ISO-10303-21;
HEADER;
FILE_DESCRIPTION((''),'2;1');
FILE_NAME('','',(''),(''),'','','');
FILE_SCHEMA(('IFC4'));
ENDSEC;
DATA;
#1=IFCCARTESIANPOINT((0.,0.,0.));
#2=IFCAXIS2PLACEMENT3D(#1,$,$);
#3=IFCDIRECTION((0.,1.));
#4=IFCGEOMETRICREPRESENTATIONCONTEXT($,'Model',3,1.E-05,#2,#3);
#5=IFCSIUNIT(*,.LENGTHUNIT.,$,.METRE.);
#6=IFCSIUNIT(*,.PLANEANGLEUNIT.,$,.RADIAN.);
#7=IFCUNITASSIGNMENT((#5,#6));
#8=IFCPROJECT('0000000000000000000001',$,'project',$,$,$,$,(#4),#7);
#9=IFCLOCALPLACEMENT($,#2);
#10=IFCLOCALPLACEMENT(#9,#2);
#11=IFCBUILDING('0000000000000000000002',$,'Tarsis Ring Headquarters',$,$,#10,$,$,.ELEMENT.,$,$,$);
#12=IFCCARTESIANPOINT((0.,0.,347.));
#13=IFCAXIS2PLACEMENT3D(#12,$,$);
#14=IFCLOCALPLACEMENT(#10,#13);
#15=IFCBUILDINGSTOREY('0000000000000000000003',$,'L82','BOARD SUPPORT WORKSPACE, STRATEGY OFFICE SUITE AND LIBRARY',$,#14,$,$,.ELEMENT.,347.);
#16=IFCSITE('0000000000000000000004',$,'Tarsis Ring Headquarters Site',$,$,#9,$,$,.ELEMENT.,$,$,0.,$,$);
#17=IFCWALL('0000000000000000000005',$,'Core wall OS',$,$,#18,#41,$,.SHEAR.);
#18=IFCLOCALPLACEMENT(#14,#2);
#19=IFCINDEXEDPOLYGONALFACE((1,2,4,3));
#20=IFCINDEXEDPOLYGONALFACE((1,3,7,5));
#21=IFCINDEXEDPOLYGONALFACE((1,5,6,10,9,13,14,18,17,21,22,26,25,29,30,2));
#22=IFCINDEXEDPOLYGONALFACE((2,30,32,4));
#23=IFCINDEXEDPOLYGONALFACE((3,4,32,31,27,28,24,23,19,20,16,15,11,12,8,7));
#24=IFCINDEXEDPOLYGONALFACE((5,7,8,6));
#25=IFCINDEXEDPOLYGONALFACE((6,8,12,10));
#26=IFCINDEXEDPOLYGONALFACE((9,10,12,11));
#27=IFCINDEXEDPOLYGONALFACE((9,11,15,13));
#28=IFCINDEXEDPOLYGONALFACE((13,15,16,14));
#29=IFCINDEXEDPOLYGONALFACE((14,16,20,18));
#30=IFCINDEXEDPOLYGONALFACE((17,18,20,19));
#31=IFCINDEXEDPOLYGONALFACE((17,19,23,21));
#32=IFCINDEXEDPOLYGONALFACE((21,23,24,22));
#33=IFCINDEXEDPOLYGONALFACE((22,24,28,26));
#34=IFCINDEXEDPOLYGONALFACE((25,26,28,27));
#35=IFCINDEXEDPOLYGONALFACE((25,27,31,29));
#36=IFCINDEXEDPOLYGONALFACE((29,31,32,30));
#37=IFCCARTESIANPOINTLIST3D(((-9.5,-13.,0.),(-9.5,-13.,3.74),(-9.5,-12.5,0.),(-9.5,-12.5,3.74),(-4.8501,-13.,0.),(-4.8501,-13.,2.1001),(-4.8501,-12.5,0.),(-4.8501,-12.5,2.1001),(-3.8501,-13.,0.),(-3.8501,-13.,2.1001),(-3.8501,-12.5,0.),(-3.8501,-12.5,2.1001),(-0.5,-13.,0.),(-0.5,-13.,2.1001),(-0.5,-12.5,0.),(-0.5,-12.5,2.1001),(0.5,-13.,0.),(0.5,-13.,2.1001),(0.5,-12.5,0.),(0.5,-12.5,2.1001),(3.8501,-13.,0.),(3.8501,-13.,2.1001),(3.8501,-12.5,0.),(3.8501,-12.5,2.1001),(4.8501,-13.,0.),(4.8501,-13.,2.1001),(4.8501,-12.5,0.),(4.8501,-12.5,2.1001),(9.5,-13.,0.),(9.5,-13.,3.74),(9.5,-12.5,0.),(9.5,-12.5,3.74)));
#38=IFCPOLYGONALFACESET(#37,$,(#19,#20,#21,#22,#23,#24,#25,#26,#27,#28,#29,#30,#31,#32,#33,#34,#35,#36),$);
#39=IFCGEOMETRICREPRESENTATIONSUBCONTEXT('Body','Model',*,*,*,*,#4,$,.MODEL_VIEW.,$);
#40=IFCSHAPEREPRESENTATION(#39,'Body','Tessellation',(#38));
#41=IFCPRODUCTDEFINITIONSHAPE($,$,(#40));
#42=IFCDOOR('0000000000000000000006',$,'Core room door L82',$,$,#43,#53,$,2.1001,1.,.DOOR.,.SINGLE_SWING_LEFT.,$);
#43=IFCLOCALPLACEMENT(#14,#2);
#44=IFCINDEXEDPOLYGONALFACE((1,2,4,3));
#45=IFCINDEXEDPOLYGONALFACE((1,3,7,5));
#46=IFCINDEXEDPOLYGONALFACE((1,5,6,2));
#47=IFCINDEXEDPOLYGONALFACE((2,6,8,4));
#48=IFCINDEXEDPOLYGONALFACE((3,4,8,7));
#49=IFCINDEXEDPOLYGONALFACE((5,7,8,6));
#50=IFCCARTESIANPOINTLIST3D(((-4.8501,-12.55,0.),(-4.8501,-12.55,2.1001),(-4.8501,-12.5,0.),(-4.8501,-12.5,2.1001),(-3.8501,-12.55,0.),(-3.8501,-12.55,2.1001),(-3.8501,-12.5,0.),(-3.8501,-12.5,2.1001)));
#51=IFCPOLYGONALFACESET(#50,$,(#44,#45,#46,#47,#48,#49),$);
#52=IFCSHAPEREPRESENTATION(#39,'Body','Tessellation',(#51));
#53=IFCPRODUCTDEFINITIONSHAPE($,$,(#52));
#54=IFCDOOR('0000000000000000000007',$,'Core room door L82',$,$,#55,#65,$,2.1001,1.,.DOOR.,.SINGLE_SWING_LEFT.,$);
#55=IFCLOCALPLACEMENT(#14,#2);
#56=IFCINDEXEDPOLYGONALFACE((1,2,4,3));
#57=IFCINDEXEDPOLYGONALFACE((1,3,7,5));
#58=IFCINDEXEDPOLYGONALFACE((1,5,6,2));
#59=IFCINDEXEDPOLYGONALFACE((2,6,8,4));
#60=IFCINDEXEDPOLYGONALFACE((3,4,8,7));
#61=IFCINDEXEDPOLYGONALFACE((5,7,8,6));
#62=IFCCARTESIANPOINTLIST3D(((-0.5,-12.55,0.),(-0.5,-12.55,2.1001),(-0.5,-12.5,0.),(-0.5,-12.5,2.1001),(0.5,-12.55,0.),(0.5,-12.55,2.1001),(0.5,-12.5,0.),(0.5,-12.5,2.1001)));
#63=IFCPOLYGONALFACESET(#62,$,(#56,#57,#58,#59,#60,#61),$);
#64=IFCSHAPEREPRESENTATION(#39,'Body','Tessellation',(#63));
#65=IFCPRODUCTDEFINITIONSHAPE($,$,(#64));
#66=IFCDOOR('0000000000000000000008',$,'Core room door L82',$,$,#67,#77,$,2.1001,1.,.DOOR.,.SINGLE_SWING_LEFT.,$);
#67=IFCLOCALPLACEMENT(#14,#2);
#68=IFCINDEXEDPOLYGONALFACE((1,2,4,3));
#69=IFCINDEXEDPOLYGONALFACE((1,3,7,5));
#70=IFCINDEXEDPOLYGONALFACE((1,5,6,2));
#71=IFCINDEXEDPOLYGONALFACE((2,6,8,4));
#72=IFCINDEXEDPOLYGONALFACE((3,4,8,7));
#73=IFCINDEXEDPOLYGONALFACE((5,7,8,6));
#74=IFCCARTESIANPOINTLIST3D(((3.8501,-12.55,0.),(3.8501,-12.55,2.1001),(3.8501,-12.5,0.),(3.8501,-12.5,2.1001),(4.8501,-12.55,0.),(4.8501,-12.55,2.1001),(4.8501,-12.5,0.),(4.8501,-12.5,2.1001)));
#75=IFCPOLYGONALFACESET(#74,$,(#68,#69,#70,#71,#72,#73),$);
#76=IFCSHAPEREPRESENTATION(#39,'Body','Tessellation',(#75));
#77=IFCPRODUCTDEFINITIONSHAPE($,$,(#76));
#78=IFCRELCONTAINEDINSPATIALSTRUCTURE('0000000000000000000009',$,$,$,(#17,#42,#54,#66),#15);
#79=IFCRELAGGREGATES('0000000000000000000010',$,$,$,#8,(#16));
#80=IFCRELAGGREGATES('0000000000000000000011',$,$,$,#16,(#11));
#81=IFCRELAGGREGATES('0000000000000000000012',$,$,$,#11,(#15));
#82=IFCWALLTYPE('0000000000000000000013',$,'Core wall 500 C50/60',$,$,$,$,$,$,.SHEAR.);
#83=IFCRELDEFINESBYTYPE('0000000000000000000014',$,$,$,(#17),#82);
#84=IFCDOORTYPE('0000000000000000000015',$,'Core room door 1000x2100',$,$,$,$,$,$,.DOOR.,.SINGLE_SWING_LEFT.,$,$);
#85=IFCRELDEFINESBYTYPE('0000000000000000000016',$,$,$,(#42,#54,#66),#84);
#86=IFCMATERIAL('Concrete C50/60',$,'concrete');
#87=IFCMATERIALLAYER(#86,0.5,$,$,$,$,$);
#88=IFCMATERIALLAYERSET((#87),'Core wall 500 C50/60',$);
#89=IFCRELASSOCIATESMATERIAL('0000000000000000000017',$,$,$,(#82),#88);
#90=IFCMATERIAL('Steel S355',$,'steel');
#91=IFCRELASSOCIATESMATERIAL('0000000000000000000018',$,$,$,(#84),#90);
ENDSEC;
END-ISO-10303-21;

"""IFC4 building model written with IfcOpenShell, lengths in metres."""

from ifc_helpers import new_model, si_unit, direction, frame, frame_2d, origin, place, context, subcontext, project, spatial, rectangle, extrude, material, layer, layer_set, type_object, element, fill, save


model = new_model("IFC4")

# Units and contexts
model_context = context("Model", 3, precision=1e-05, world=origin(), true_north=direction((0.0, 1.0)))
body_context = subcontext(model_context, "Body", "Model", "MODEL_VIEW")
ifc_project = project(units=[si_unit("LENGTHUNIT", "METRE"), si_unit("PLANEANGLEUNIT", "RADIAN")], contexts=[model_context])

# Site, building, storey
site_placement = place(None, origin())
site = spatial("IfcSite", under=ifc_project, at=site_placement, Name="Tarsis Ring Headquarters Site", CompositionType="ELEMENT", RefElevation=0.0)
building_placement = place(site_placement, origin())
building = spatial("IfcBuilding", under=site, at=building_placement, Name="Tarsis Ring Headquarters", CompositionType="ELEMENT")
storey_placement = place(building_placement, frame((0.0, 0.0, 347.0)))
storey = spatial("IfcBuildingStorey", under=building, at=storey_placement, Name="L82", Description="BOARD SUPPORT WORKSPACE, STRATEGY OFFICE SUITE AND LIBRARY", CompositionType="ELEMENT", Elevation=347.0)

# Wall, openings, doors
ifc_material_1 = material(Name="Concrete C50/60", Category="concrete")
ifc_layer_1 = layer(ifc_material_1, 0.5)
ifc_layer_set_1 = layer_set([ifc_layer_1], Name="Core wall 500 C50/60")
wall_type_1 = type_object("IfcWallType", Name="Core wall 500 C50/60", PredefinedType="SHEAR", material=ifc_layer_set_1)
ifc_material_2 = material(Name="Steel S355", Category="steel")
door_type_1 = type_object("IfcDoorType", Name="Core room door 1000x2100", OperationType="SINGLE_SWING_LEFT", PredefinedType="DOOR", material=ifc_material_2)
wall_1_placement = place(storey_placement, frame((-9.5, -12.75, 0.0), z_axis=(0.0, 0.0, 1.0), x_axis=(1.0, 0.0, 0.0)))
wall_1 = element("IfcWall", 1, at=wall_1_placement, inside=storey, type_object=wall_type_1, Name="Core wall OS", PredefinedType="SHEAR", context=body_context, shape_type="SweptSolid", body=[
    extrude(rectangle(XDim=19.0, YDim=0.5, at=frame_2d((9.5, 0.0))), origin(), (0.0, 0.0, 1.0), 3.74),
])
opening_1_placement = place(wall_1_placement, frame((4.6499, 0.0, 0.0)))
opening_1 = element("IfcOpeningElement", 2, at=opening_1_placement, cuts=wall_1, PredefinedType="OPENING", context=body_context, shape_type="SweptSolid", body=[
    extrude(rectangle(XDim=1.0, YDim=2.1001, at=frame_2d((0.5, 1.05))), frame((0.0, 0.26, 0.0), z_axis=(0.0, -1.0, 0.0), x_axis=(1.0, 0.0, 0.0)), (0.0, 0.0, 1.0), 0.52),
])
opening_2_placement = place(wall_1_placement, frame((9.0, 0.0, 0.0)))
opening_2 = element("IfcOpeningElement", 3, at=opening_2_placement, cuts=wall_1, PredefinedType="OPENING", context=body_context, shape_type="SweptSolid", body=[
    extrude(rectangle(XDim=1.0, YDim=2.1001, at=frame_2d((0.5, 1.05))), frame((0.0, 0.26, 0.0), z_axis=(0.0, -1.0, 0.0), x_axis=(1.0, 0.0, 0.0)), (0.0, 0.0, 1.0), 0.52),
])
opening_3_placement = place(wall_1_placement, frame((13.3501, 0.0, 0.0)))
opening_3 = element("IfcOpeningElement", 4, at=opening_3_placement, cuts=wall_1, PredefinedType="OPENING", context=body_context, shape_type="SweptSolid", body=[
    extrude(rectangle(XDim=1.0, YDim=2.1001, at=frame_2d((0.5, 1.05))), frame((0.0, 0.26, 0.0), z_axis=(0.0, -1.0, 0.0), x_axis=(1.0, 0.0, 0.0)), (0.0, 0.0, 1.0), 0.52),
])
door_1_placement = place(opening_1_placement, origin())
door_1 = element("IfcDoor", 5, at=door_1_placement, inside=storey, type_object=door_type_1, Name="Core room door L82", OperationType="SINGLE_SWING_LEFT", OverallHeight=2.1001, OverallWidth=1.0, PredefinedType="DOOR", context=body_context, shape_type="SweptSolid", body=[
    extrude(rectangle(XDim=1.0, YDim=2.1001, at=frame_2d((0.5, 1.05))), frame((0.0, 0.25, 0.0), z_axis=(0.0, -1.0, 0.0), x_axis=(1.0, 0.0, 0.0)), (0.0, 0.0, 1.0), 0.05),
])
fill(opening_1, door_1)
door_2_placement = place(opening_2_placement, origin())
door_2 = element("IfcDoor", 6, at=door_2_placement, inside=storey, type_object=door_type_1, Name="Core room door L82", OperationType="SINGLE_SWING_LEFT", OverallHeight=2.1001, OverallWidth=1.0, PredefinedType="DOOR", context=body_context, shape_type="SweptSolid", body=[
    extrude(rectangle(XDim=1.0, YDim=2.1001, at=frame_2d((0.5, 1.05))), frame((0.0, 0.25, 0.0), z_axis=(0.0, -1.0, 0.0), x_axis=(1.0, 0.0, 0.0)), (0.0, 0.0, 1.0), 0.05),
])
fill(opening_2, door_2)
door_3_placement = place(opening_3_placement, origin())
door_3 = element("IfcDoor", 7, at=door_3_placement, inside=storey, type_object=door_type_1, Name="Core room door L82", OperationType="SINGLE_SWING_LEFT", OverallHeight=2.1001, OverallWidth=1.0, PredefinedType="DOOR", context=body_context, shape_type="SweptSolid", body=[
    extrude(rectangle(XDim=1.0, YDim=2.1001, at=frame_2d((0.5, 1.05))), frame((0.0, 0.25, 0.0), z_axis=(0.0, -1.0, 0.0), x_axis=(1.0, 0.0, 0.0)), (0.0, 0.0, 1.0), 0.05),
])
fill(opening_3, door_3)

save(model, "model.ifc")
